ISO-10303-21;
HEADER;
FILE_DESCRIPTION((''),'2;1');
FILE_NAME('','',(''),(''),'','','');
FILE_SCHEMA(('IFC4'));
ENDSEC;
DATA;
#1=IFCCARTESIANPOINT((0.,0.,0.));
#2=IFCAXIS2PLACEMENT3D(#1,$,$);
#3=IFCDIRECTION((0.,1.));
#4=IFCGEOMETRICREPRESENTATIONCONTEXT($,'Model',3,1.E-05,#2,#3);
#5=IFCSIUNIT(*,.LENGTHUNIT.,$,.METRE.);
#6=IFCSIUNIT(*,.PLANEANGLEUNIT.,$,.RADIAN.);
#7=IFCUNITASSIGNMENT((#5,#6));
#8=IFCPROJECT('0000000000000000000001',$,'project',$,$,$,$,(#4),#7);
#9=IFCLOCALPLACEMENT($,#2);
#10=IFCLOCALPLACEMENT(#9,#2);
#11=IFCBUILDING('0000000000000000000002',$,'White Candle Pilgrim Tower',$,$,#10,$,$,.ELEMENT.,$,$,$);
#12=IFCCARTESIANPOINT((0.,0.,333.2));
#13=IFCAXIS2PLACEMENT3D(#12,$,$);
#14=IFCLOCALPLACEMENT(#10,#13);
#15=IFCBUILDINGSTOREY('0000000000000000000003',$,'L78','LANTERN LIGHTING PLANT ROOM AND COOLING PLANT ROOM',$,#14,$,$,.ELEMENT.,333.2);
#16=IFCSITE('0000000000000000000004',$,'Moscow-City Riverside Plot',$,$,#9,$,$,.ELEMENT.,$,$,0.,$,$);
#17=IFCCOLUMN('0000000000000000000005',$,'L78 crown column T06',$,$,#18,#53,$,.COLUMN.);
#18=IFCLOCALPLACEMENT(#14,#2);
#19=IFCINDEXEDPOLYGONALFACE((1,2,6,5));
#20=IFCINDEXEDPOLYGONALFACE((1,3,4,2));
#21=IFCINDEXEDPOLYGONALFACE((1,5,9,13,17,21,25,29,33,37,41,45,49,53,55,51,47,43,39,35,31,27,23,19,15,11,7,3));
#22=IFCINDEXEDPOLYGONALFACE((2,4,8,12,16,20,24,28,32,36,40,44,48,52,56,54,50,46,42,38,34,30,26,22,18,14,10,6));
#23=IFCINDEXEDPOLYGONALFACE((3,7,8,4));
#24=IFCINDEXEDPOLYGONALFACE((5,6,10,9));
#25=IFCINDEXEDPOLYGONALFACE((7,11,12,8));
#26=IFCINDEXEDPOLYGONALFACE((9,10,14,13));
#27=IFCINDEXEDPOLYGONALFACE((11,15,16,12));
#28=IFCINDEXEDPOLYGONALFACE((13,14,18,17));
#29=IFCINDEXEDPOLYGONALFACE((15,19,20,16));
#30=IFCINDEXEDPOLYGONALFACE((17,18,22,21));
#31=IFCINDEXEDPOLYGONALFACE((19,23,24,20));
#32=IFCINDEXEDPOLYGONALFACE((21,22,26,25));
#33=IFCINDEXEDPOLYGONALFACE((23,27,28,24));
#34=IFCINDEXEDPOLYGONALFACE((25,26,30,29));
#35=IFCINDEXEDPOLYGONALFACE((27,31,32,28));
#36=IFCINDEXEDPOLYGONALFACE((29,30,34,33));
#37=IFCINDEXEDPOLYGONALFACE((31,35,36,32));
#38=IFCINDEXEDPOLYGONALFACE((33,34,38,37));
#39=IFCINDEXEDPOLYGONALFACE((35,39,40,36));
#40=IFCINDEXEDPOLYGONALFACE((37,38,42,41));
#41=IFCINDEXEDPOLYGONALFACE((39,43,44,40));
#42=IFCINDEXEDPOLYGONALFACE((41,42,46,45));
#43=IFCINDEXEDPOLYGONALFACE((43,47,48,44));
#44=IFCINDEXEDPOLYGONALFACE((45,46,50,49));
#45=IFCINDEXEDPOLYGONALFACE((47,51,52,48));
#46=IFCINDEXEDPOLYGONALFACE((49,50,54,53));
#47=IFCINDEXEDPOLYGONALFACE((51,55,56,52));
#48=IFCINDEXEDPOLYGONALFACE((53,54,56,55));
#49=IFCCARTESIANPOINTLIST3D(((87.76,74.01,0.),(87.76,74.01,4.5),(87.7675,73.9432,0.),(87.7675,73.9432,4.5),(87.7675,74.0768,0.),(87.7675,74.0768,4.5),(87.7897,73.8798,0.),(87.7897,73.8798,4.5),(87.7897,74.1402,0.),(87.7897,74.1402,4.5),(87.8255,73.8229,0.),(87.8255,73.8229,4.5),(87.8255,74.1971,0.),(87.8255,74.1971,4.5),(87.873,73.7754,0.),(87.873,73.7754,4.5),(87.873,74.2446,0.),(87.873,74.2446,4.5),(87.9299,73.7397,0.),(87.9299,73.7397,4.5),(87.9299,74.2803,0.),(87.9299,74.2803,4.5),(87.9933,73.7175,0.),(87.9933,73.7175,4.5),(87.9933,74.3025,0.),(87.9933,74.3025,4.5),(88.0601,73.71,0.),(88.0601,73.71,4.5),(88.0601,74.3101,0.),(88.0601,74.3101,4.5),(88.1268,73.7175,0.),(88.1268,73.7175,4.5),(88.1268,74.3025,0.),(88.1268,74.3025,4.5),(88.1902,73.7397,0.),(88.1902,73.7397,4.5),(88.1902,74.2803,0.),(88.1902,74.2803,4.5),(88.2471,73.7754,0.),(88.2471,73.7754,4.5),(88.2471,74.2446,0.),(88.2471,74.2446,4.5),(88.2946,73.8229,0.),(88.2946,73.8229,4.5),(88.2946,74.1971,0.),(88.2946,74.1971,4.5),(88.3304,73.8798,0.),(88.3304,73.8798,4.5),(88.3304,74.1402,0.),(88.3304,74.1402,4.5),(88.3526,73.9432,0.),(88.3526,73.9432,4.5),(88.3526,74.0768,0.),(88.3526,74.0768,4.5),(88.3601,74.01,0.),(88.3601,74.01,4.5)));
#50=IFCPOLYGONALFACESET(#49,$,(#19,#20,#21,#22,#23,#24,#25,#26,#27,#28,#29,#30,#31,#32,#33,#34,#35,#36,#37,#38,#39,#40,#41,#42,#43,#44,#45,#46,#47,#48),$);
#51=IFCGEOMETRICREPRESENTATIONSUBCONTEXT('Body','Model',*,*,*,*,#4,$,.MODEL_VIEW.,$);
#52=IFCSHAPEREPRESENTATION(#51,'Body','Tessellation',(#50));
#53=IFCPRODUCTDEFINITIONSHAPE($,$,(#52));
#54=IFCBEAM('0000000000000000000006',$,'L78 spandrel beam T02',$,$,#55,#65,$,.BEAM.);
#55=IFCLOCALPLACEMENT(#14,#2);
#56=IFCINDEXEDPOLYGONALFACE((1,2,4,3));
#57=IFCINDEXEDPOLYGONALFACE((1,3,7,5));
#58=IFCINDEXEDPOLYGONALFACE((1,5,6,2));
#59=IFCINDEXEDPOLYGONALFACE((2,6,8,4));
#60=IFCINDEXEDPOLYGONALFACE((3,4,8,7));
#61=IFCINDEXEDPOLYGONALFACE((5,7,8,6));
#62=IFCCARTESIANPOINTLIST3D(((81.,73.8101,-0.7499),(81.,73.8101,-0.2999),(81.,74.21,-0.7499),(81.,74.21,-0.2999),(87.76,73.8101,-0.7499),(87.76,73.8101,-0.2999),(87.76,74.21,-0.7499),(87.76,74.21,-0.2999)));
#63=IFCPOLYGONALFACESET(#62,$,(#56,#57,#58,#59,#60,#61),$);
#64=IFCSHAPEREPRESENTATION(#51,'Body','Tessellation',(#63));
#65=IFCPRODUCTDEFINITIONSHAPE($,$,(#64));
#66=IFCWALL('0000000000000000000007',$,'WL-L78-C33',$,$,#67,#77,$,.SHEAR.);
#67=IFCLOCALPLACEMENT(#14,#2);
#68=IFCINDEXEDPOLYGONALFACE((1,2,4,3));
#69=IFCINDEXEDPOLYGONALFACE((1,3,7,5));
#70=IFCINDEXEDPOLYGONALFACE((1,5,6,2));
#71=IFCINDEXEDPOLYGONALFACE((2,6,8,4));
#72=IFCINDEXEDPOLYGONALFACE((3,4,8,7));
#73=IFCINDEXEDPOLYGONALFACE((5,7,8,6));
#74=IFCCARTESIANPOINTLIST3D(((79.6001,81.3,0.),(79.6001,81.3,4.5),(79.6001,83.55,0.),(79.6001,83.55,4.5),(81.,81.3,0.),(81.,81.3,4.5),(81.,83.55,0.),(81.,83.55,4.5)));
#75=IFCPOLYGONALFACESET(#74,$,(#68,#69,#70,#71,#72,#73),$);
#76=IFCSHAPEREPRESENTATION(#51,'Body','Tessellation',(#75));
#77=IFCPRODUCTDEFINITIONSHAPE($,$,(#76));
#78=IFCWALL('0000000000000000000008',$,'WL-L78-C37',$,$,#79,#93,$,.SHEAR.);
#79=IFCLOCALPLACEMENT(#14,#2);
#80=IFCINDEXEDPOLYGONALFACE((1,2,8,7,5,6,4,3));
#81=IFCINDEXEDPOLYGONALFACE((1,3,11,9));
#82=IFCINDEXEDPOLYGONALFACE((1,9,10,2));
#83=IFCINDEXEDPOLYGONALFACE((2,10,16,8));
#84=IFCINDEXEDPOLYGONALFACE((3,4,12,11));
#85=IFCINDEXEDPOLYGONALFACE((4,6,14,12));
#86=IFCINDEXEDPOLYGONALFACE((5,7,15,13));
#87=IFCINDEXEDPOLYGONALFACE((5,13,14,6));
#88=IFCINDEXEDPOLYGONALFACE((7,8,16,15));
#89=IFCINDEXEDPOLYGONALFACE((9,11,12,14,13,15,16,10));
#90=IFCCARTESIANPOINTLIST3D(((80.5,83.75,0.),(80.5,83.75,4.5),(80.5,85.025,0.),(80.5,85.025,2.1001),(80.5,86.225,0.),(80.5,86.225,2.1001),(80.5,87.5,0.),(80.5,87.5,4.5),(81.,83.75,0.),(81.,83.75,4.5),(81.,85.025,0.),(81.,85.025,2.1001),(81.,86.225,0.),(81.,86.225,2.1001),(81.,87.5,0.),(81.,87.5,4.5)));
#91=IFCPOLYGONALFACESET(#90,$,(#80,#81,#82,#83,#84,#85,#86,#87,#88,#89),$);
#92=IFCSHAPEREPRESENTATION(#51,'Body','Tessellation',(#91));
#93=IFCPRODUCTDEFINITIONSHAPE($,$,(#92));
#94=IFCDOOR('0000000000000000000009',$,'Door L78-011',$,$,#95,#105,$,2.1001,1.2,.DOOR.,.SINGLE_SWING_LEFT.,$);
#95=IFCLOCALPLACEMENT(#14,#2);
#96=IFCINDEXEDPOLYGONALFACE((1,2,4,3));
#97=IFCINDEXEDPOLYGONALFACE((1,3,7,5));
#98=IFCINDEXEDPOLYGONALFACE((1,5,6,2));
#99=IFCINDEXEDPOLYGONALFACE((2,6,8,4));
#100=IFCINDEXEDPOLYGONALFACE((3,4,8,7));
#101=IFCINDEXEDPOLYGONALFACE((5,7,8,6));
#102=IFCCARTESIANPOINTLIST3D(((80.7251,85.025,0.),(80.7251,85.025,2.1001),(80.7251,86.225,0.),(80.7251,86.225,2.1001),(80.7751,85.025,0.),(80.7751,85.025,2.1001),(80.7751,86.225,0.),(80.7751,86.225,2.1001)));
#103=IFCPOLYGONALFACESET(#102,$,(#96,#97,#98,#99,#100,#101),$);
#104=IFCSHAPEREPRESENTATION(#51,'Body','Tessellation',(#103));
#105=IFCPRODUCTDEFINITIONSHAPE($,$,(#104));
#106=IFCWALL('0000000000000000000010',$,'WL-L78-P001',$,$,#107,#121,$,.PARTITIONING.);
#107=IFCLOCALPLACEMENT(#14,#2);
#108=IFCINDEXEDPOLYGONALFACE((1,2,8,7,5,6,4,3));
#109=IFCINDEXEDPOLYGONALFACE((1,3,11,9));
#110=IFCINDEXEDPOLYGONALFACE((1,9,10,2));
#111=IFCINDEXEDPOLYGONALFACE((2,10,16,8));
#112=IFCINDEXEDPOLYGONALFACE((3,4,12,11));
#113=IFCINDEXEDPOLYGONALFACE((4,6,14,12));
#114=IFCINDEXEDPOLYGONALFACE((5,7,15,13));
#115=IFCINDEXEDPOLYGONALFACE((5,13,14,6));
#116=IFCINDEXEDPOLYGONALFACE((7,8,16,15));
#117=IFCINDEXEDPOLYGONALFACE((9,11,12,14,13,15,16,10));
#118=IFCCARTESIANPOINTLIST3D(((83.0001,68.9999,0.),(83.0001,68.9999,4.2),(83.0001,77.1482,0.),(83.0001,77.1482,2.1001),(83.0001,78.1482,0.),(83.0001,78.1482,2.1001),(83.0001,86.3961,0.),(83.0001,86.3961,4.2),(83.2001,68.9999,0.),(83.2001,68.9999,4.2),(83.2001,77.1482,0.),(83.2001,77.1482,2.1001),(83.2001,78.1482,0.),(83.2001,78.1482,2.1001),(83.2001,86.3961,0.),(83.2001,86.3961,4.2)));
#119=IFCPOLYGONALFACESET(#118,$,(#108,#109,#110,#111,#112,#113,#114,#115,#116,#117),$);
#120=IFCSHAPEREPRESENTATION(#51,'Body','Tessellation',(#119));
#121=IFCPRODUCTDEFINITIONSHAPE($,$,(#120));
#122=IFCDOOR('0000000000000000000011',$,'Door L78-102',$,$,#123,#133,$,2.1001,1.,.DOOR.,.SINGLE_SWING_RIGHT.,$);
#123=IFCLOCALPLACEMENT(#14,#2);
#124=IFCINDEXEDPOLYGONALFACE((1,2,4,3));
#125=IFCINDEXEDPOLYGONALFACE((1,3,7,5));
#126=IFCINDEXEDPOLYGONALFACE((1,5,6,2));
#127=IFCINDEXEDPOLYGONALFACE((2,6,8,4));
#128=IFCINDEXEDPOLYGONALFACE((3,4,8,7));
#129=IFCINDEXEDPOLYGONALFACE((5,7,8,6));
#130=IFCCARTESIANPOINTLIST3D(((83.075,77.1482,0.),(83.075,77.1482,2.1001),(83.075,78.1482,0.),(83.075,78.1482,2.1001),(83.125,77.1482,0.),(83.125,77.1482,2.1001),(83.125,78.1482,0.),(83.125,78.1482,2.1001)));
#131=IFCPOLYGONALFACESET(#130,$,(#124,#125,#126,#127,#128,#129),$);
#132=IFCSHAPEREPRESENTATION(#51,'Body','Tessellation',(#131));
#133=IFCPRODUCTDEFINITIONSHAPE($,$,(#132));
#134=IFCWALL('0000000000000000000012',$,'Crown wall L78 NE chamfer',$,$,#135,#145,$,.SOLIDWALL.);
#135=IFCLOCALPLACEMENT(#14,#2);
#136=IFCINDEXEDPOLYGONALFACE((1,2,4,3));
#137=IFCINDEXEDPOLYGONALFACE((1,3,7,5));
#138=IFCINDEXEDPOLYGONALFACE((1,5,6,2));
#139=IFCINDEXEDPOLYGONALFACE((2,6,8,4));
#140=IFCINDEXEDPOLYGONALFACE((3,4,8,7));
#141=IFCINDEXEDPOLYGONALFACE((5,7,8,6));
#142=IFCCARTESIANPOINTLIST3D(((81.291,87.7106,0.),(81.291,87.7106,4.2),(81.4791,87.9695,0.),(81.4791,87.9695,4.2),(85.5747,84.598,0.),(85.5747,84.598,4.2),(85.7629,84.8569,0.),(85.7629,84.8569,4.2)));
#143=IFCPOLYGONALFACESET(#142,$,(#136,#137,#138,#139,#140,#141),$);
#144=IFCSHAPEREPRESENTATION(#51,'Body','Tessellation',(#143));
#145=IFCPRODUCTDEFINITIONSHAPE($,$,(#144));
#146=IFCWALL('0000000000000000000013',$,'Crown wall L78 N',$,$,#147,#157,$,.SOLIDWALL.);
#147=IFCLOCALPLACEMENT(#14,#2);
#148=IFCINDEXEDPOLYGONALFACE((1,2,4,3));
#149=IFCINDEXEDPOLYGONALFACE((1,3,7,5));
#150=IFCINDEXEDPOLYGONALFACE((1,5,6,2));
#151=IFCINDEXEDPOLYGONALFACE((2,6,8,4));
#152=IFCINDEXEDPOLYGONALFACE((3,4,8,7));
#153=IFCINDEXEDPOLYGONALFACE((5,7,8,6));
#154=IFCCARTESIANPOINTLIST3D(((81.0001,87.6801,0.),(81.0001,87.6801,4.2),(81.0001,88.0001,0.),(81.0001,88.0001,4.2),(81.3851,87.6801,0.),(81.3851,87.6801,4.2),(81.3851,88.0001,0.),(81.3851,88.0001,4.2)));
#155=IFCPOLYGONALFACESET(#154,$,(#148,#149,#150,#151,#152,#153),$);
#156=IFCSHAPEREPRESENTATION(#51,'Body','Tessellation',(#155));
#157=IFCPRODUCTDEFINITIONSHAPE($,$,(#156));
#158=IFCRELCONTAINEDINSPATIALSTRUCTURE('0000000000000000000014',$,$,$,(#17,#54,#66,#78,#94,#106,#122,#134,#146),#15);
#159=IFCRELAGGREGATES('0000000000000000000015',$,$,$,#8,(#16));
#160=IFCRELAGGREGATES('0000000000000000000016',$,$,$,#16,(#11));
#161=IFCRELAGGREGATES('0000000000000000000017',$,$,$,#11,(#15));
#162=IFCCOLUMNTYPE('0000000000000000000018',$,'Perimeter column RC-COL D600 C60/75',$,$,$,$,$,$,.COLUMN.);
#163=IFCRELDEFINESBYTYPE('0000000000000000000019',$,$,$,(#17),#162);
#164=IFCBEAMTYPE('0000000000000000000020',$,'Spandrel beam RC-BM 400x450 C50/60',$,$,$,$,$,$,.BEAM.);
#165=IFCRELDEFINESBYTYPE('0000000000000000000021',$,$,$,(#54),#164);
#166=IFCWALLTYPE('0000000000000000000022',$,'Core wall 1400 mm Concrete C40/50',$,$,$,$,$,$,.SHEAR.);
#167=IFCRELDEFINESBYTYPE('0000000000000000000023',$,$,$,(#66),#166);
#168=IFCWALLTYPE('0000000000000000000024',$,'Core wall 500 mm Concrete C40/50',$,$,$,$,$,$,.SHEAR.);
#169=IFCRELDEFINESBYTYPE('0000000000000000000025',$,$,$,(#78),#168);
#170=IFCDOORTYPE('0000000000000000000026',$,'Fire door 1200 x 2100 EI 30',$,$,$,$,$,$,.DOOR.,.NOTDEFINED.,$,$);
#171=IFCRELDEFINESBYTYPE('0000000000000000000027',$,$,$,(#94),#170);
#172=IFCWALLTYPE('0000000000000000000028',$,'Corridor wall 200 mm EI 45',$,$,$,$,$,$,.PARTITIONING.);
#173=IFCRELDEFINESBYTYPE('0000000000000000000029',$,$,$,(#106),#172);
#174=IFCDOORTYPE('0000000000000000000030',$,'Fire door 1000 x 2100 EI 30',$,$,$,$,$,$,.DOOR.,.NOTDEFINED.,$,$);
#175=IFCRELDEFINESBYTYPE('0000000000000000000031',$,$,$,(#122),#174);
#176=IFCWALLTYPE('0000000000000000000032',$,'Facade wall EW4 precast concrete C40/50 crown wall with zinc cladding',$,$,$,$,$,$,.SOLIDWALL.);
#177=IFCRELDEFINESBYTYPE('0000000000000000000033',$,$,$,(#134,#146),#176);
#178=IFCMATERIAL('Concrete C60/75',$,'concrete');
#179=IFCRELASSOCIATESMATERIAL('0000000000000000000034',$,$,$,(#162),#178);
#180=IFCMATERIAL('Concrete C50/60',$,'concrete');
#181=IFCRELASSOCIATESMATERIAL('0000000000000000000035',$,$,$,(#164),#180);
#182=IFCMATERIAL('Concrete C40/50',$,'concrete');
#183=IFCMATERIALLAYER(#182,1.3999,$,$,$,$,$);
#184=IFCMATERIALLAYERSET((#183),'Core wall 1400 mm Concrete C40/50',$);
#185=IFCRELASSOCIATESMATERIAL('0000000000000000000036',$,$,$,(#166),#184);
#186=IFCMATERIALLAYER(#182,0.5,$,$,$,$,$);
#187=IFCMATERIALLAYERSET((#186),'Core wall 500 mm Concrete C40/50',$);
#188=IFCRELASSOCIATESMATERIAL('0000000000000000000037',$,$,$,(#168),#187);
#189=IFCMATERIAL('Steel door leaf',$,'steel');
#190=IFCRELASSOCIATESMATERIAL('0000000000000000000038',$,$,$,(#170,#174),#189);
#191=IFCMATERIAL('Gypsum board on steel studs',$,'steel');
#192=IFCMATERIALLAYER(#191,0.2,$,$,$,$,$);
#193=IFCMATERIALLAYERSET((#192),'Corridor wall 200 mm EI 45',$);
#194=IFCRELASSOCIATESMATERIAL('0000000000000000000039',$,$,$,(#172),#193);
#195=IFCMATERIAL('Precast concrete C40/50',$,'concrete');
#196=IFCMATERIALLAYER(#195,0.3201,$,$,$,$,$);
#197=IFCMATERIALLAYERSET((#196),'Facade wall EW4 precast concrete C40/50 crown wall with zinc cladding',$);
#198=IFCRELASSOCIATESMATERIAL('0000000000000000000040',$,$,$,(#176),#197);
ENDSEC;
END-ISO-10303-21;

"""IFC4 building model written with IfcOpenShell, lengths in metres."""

from ifc_helpers import new_model, si_unit, direction, frame, frame_2d, origin, origin_2d, place, context, subcontext, project, spatial, rectangle, circle, extrude, material, layer, layer_set, material_profile, profile_set, type_object, element, fill, save


model = new_model("IFC4")

# Units and contexts
model_context = context("Model", 3, precision=1e-05, world=origin(), true_north=direction((0.0, 1.0)))
body_context = subcontext(model_context, "Body", "Model", "MODEL_VIEW")
ifc_project = project(units=[si_unit("LENGTHUNIT", "METRE"), si_unit("PLANEANGLEUNIT", "RADIAN")], contexts=[model_context])

# Site, building, storey
site_placement = place(None, origin())
site = spatial("IfcSite", under=ifc_project, at=site_placement, Name="Moscow-City Riverside Plot", CompositionType="ELEMENT", RefElevation=0.0)
building_placement = place(site_placement, origin())
building = spatial("IfcBuilding", under=site, at=building_placement, Name="White Candle Pilgrim Tower", CompositionType="ELEMENT")
storey_placement = place(building_placement, frame((0.0, 0.0, 333.2)))
storey = spatial("IfcBuildingStorey", under=building, at=storey_placement, Name="L78", Description="LANTERN LIGHTING PLANT ROOM AND COOLING PLANT ROOM", CompositionType="ELEMENT", Elevation=333.2)

# Column
ifc_material_1 = material(Name="Concrete C60/75", Category="concrete")
ifc_material_profile_1 = material_profile(ifc_material_1, circle(Radius=0.3, at=origin_2d()), Name="RC-COL D600")
ifc_profile_set_1 = profile_set([ifc_material_profile_1], Name="Concrete C60/75")
column_type = type_object("IfcColumnType", Name="Perimeter column RC-COL D600 C60/75", PredefinedType="COLUMN", material=ifc_profile_set_1)
column_placement = place(storey_placement, frame((88.0601, 74.01, 0.0), z_axis=(0.0, 0.0, 1.0), x_axis=(1.0, 0.0, 0.0)))
element("IfcColumn", 1, at=column_placement, inside=storey, type_object=column_type, Name="L78 crown column T06", PredefinedType="COLUMN", context=body_context, shape_type="SweptSolid", body=[
    extrude(circle(Radius=0.3, at=origin_2d()), origin(), (0.0, 0.0, 1.0), 4.5),
])

# Beam
ifc_material_2 = material(Name="Concrete C50/60", Category="concrete")
ifc_material_profile_2 = material_profile(ifc_material_2, rectangle(XDim=0.3999, YDim=0.45, at=origin_2d()), Name="RC-BM 400x450")
ifc_profile_set_2 = profile_set([ifc_material_profile_2], Name="Concrete C50/60")
beam_type = type_object("IfcBeamType", Name="Spandrel beam RC-BM 400x450 C50/60", PredefinedType="BEAM", material=ifc_profile_set_2)
beam_placement = place(storey_placement, frame((87.76, 74.01, -0.5249), z_axis=(-1.0, 0.0, 0.0), x_axis=(0.0, -1.0, 0.0)))
element("IfcBeam", 2, at=beam_placement, inside=storey, type_object=beam_type, Name="L78 spandrel beam T02", PredefinedType="BEAM", context=body_context, shape_type="SweptSolid", body=[
    extrude(rectangle(XDim=0.3999, YDim=0.45, at=origin_2d()), origin(), (0.0, 0.0, 1.0), 6.76),
])

# Wall
ifc_material_3 = material(Name="Concrete C40/50", Category="concrete")
ifc_layer_1 = layer(ifc_material_3, 1.3999)
ifc_layer_set_1 = layer_set([ifc_layer_1], Name="Core wall 1400 mm Concrete C40/50")
wall_type_1 = type_object("IfcWallType", Name="Core wall 1400 mm Concrete C40/50", PredefinedType="SHEAR", material=ifc_layer_set_1)
wall_1_placement = place(storey_placement, frame((80.3, 81.3, 0.0), z_axis=(0.0, 0.0, 1.0), x_axis=(0.0, 1.0, 0.0)))
element("IfcWall", 3, at=wall_1_placement, inside=storey, type_object=wall_type_1, Name="WL-L78-C33", PredefinedType="SHEAR", context=body_context, shape_type="SweptSolid", body=[
    extrude(rectangle(XDim=2.25, YDim=1.3999, at=frame_2d((1.125, 0.0))), origin(), (0.0, 0.0, 1.0), 4.5),
])

# Walls, openings, doors
ifc_layer_2 = layer(ifc_material_3, 0.5)
ifc_layer_set_2 = layer_set([ifc_layer_2], Name="Core wall 500 mm Concrete C40/50")
wall_type_2 = type_object("IfcWallType", Name="Core wall 500 mm Concrete C40/50", PredefinedType="SHEAR", material=ifc_layer_set_2)
wall_2_placement = place(storey_placement, frame((80.75, 83.75, 0.0), z_axis=(0.0, 0.0, 1.0), x_axis=(0.0, 1.0, 0.0)))
wall_2 = element("IfcWall", 4, at=wall_2_placement, inside=storey, type_object=wall_type_2, Name="WL-L78-C37", PredefinedType="SHEAR", context=body_context, shape_type="SweptSolid", body=[
    extrude(rectangle(XDim=3.75, YDim=0.5, at=frame_2d((1.875, 0.0))), origin(), (0.0, 0.0, 1.0), 4.5),
])
opening_1_placement = place(wall_2_placement, frame((1.2749, 0.0, 0.0)))
opening_1 = element("IfcOpeningElement", 5, at=opening_1_placement, cuts=wall_2, PredefinedType="OPENING", context=body_context, shape_type="SweptSolid", body=[
    extrude(rectangle(XDim=1.2, YDim=2.1001, at=frame_2d((0.6001, 1.05))), frame((0.0, 0.26, 0.0), z_axis=(0.0, -1.0, 0.0), x_axis=(1.0, 0.0, 0.0)), (0.0, 0.0, 1.0), 0.52),
])
ifc_material_4 = material(Name="Steel door leaf", Category="steel")
door_type_1 = type_object("IfcDoorType", Name="Fire door 1200 x 2100 EI 30", OperationType="NOTDEFINED", PredefinedType="DOOR", material=ifc_material_4)
door_1_placement = place(opening_1_placement, origin())
door_1 = element("IfcDoor", 6, at=door_1_placement, inside=storey, type_object=door_type_1, Name="Door L78-011", OperationType="SINGLE_SWING_LEFT", OverallHeight=2.1001, OverallWidth=1.2, PredefinedType="DOOR", context=body_context, shape_type="SweptSolid", body=[
    extrude(rectangle(XDim=1.2, YDim=2.1001, at=frame_2d((0.6001, 1.05))), frame((0.0, 0.0249, 0.0), z_axis=(0.0, -1.0, 0.0), x_axis=(1.0, 0.0, 0.0)), (0.0, 0.0, 1.0), 0.05),
])
fill(opening_1, door_1)
ifc_material_5 = material(Name="Gypsum board on steel studs", Category="steel")
ifc_layer_3 = layer(ifc_material_5, 0.2)
ifc_layer_set_3 = layer_set([ifc_layer_3], Name="Corridor wall 200 mm EI 45")
wall_type_3 = type_object("IfcWallType", Name="Corridor wall 200 mm EI 45", PredefinedType="PARTITIONING", material=ifc_layer_set_3)
wall_3_placement = place(storey_placement, frame((83.1001, 86.3962, 0.0), z_axis=(0.0, 0.0, 1.0), x_axis=(0.0, -1.0, 0.0)))
wall_3 = element("IfcWall", 7, at=wall_3_placement, inside=storey, type_object=wall_type_3, Name="WL-L78-P001", PredefinedType="PARTITIONING", context=body_context, shape_type="SweptSolid", body=[
    extrude(rectangle(XDim=17.3962, YDim=0.2, at=frame_2d((8.6982, 0.0))), origin(), (0.0, 0.0, 1.0), 4.2),
])
opening_2_placement = place(wall_3_placement, frame((8.248, 0.0, 0.0)))
opening_2 = element("IfcOpeningElement", 8, at=opening_2_placement, cuts=wall_3, PredefinedType="OPENING", context=body_context, shape_type="SweptSolid", body=[
    extrude(rectangle(XDim=1.0, YDim=2.1001, at=frame_2d((0.5, 1.05))), frame((0.0, 0.1099, 0.0), z_axis=(0.0, -1.0, 0.0), x_axis=(1.0, 0.0, 0.0)), (0.0, 0.0, 1.0), 0.22),
])
door_type_2 = type_object("IfcDoorType", Name="Fire door 1000 x 2100 EI 30", OperationType="NOTDEFINED", PredefinedType="DOOR", material=ifc_material_4)
door_2_placement = place(opening_2_placement, origin())
door_2 = element("IfcDoor", 9, at=door_2_placement, inside=storey, type_object=door_type_2, Name="Door L78-102", OperationType="SINGLE_SWING_RIGHT", OverallHeight=2.1001, OverallWidth=1.0, PredefinedType="DOOR", context=body_context, shape_type="SweptSolid", body=[
    extrude(rectangle(XDim=1.0, YDim=2.1001, at=frame_2d((0.5, 1.05))), frame((0.0, 0.0249, 0.0), z_axis=(0.0, -1.0, 0.0), x_axis=(1.0, 0.0, 0.0)), (0.0, 0.0, 1.0), 0.05),
])
fill(opening_2, door_2)

# Walls
ifc_material_6 = material(Name="Precast concrete C40/50", Category="concrete")
ifc_layer_4 = layer(ifc_material_6, 0.3201)
ifc_layer_set_4 = layer_set([ifc_layer_4], Name="Facade wall EW4 precast concrete C40/50 crown wall with zinc cladding")
wall_type_4 = type_object("IfcWallType", Name="Facade wall EW4 precast concrete C40/50 crown wall with zinc cladding", PredefinedType="SOLIDWALL", material=ifc_layer_set_4)
wall_4_placement = place(storey_placement, frame((85.6687, 84.7275, 0.0), z_axis=(0.0, 0.0, 1.0), x_axis=(-0.808993, 0.587818, 0.0)))
element("IfcWall", 10, at=wall_4_placement, inside=storey, type_object=wall_type_4, Name="Crown wall L78 NE chamfer", PredefinedType="SOLIDWALL", context=body_context, shape_type="SweptSolid", body=[
    extrude(rectangle(XDim=5.2952, YDim=0.3201, at=frame_2d((2.6475, 0.0))), origin(), (0.0, 0.0, 1.0), 4.2),
])
wall_5_placement = place(storey_placement, frame((81.385, 87.8401, 0.0), z_axis=(0.0, 0.0, 1.0), x_axis=(-1.0, 0.0, 0.0)))
element("IfcWall", 11, at=wall_5_placement, inside=storey, type_object=wall_type_4, Name="Crown wall L78 N", PredefinedType="SOLIDWALL", context=body_context, shape_type="SweptSolid", body=[
    extrude(rectangle(XDim=0.385, YDim=0.3201, at=frame_2d((0.1924, 0.0))), origin(), (0.0, 0.0, 1.0), 4.2),
])

save(model, "model.ifc")
